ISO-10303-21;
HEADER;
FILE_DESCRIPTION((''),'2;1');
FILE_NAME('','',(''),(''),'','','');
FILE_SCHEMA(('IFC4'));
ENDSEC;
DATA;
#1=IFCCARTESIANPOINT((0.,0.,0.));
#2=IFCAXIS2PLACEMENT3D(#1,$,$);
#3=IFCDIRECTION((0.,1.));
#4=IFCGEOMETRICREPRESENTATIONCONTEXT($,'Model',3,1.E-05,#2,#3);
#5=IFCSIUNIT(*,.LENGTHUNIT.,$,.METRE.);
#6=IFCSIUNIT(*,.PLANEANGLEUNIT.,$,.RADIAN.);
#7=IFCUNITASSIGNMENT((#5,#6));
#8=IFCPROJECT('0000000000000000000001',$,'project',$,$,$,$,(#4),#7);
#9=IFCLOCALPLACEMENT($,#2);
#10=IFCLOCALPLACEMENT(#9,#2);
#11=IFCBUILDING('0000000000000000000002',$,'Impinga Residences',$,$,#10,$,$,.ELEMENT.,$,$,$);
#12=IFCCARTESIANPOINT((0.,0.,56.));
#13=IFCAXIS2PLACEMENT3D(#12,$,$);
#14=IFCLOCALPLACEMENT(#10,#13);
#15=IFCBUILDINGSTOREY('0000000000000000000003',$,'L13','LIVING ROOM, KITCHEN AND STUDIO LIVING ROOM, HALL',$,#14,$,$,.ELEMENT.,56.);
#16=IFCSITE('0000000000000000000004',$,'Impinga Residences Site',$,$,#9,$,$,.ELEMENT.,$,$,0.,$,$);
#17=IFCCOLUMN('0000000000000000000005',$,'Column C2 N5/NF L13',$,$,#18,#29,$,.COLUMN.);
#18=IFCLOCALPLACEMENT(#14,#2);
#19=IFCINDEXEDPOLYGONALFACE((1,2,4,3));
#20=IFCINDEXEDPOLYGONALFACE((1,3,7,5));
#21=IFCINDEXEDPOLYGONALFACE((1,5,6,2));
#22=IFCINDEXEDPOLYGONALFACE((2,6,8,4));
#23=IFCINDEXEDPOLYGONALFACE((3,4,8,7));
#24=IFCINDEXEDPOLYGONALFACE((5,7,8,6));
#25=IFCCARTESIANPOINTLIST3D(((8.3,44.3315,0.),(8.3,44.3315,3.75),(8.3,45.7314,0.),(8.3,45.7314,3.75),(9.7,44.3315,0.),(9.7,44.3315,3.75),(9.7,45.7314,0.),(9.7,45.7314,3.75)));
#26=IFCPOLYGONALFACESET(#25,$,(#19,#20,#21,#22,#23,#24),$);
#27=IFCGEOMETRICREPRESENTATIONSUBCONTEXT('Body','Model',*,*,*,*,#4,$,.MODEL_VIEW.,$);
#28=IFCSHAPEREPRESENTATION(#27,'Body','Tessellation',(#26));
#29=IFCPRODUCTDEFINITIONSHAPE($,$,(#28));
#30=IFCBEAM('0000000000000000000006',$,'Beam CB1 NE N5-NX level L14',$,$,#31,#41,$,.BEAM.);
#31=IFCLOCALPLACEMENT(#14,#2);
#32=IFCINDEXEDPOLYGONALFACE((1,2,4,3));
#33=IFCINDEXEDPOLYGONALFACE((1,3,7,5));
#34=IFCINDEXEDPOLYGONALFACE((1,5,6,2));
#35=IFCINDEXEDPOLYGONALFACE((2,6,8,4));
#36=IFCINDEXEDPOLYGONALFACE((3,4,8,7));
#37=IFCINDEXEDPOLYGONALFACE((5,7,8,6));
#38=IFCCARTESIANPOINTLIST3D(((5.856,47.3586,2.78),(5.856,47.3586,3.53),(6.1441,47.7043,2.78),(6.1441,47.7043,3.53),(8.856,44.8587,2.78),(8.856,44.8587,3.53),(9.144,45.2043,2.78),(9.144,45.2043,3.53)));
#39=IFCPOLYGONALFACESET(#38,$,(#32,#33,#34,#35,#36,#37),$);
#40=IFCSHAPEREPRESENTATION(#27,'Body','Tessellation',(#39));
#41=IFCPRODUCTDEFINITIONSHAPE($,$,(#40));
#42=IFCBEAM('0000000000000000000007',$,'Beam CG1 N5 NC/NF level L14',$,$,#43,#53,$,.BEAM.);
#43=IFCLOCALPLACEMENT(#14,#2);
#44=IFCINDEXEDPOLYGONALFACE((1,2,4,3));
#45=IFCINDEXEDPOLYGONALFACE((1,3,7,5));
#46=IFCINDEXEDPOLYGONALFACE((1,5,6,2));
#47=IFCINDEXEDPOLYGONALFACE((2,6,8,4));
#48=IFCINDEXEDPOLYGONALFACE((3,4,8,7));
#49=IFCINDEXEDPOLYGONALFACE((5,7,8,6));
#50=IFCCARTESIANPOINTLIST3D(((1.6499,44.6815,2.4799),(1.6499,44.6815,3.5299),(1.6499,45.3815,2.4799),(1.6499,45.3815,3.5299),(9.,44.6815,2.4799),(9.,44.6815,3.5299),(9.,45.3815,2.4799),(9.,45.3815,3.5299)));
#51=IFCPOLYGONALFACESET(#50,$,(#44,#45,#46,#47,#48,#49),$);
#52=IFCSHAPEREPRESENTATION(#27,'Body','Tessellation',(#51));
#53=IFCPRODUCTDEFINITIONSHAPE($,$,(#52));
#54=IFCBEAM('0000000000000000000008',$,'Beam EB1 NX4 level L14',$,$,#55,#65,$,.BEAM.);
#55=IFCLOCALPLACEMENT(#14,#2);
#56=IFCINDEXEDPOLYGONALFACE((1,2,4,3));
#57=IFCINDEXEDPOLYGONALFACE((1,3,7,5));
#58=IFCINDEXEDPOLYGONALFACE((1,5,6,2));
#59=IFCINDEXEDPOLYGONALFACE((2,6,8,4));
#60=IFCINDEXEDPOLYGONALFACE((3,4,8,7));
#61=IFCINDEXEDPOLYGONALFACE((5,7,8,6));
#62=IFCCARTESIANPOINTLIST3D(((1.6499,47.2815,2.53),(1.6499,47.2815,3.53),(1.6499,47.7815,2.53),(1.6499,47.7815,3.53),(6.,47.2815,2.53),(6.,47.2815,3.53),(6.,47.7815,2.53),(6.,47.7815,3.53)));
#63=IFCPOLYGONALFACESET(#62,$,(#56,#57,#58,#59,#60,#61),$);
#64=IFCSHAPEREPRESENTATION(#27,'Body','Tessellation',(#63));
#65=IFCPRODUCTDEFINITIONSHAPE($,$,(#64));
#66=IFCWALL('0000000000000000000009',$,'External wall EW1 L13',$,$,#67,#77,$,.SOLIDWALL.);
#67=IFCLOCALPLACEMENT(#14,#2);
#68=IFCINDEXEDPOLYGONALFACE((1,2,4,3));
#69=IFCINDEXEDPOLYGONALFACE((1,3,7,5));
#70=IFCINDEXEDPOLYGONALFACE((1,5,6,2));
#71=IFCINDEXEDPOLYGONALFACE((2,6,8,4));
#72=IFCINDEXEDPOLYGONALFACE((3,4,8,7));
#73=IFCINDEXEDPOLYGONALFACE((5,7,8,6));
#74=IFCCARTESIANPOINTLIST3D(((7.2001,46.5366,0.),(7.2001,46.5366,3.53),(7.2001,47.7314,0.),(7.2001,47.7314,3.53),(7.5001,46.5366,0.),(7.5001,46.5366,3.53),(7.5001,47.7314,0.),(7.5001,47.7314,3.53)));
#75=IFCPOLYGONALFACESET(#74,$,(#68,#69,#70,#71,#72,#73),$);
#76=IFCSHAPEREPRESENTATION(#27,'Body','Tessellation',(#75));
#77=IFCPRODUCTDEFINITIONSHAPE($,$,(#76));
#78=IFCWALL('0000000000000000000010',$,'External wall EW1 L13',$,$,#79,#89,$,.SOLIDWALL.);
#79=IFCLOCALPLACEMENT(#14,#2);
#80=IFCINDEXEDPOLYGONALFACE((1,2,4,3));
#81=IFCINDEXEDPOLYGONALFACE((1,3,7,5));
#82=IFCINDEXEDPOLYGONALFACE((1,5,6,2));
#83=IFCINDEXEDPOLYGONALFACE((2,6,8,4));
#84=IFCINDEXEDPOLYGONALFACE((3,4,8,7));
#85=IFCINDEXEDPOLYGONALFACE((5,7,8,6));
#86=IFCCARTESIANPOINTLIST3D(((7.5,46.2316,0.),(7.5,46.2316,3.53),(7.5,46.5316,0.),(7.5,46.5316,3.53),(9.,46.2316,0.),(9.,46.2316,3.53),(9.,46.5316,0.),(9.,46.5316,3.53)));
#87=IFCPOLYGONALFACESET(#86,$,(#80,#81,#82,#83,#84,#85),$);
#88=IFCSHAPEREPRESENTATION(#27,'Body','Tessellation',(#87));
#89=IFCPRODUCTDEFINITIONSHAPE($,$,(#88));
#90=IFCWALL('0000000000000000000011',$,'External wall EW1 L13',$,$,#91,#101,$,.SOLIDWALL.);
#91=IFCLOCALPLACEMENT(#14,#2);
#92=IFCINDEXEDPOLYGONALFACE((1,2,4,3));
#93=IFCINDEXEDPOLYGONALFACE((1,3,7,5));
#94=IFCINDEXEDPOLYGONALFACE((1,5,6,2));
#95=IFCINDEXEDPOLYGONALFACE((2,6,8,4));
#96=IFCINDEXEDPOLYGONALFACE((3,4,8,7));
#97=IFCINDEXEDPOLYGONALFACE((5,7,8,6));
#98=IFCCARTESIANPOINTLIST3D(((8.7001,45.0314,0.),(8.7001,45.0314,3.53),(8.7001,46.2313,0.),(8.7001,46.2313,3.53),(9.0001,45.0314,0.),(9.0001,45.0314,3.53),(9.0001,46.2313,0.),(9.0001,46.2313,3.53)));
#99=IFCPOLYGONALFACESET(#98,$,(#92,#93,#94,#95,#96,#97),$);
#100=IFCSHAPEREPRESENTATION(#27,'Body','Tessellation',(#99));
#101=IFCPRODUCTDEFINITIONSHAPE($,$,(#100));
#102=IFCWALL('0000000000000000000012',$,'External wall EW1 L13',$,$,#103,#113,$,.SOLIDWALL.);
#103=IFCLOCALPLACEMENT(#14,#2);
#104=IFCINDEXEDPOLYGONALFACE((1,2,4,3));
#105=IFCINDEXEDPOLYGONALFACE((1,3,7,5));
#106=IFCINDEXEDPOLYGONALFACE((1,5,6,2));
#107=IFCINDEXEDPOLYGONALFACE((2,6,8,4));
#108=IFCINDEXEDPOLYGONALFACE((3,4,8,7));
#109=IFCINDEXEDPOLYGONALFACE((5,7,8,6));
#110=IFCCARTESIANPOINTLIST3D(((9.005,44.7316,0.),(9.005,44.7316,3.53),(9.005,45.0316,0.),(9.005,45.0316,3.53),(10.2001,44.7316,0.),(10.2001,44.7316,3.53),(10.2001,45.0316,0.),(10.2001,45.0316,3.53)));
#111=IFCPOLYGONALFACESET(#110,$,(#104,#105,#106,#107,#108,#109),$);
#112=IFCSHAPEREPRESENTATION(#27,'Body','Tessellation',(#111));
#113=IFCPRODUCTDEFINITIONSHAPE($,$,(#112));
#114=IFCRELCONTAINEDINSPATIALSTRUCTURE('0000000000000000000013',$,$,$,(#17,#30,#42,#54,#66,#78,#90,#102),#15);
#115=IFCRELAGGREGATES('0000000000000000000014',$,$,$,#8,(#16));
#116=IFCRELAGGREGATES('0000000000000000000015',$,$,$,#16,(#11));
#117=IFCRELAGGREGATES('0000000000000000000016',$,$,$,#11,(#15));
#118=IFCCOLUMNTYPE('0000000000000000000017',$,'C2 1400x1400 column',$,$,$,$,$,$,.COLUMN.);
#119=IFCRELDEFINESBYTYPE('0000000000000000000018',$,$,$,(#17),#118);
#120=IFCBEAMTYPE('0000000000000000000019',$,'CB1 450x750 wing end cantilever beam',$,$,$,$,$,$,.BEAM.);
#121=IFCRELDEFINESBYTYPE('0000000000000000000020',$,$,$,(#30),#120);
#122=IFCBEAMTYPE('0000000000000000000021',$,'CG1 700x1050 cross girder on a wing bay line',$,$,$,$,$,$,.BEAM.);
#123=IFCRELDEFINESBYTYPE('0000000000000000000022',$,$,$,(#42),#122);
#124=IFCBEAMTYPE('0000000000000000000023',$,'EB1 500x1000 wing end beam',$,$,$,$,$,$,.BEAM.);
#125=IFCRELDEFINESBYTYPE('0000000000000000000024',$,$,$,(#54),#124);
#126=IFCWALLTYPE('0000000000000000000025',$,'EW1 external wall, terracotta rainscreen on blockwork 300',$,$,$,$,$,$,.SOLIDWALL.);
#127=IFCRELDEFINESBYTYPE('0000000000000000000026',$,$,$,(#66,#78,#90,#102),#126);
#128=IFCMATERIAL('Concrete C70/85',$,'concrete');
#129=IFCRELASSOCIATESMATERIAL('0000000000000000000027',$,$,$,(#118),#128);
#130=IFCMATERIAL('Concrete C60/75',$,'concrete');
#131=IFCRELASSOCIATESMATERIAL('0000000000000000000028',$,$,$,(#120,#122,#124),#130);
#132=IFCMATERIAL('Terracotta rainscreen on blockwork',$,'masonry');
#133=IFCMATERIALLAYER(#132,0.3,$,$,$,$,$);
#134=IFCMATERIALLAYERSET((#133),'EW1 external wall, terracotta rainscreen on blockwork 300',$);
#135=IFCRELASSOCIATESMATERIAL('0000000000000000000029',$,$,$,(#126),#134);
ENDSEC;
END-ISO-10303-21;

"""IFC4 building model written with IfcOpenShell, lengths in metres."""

from ifc_helpers import new_model, si_unit, direction, frame, frame_2d, origin, origin_2d, place, context, subcontext, project, spatial, rectangle, extrude, material, layer, layer_set, material_profile, profile_set, type_object, element, save


model = new_model("IFC4")

# Units and contexts
model_context = context("Model", 3, precision=1e-05, world=origin(), true_north=direction((0.0, 1.0)))
body_context = subcontext(model_context, "Body", "Model", "MODEL_VIEW")
ifc_project = project(units=[si_unit("LENGTHUNIT", "METRE"), si_unit("PLANEANGLEUNIT", "RADIAN")], contexts=[model_context])

# Site, building, storey
site_placement = place(None, origin())
site = spatial("IfcSite", under=ifc_project, at=site_placement, Name="Impinga Residences Site", CompositionType="ELEMENT", RefElevation=0.0)
building_placement = place(site_placement, origin())
building = spatial("IfcBuilding", under=site, at=building_placement, Name="Impinga Residences", CompositionType="ELEMENT")
storey_placement = place(building_placement, frame((0.0, 0.0, 56.0)))
storey = spatial("IfcBuildingStorey", under=building, at=storey_placement, Name="L13", Description="LIVING ROOM, KITCHEN AND STUDIO LIVING ROOM, HALL", CompositionType="ELEMENT", Elevation=56.0)

# Column
ifc_material_1 = material(Name="Concrete C70/85", Category="concrete")
ifc_material_profile_1 = material_profile(ifc_material_1, rectangle(XDim=1.3999, YDim=1.3999, at=origin_2d()), Name="RC 1400x1400")
ifc_profile_set_1 = profile_set([ifc_material_profile_1], Name="Concrete C70/85")
column_type = type_object("IfcColumnType", Name="C2 1400x1400 column", PredefinedType="COLUMN", material=ifc_profile_set_1)
column_placement = place(storey_placement, frame((9.0, 45.0315, 0.0), z_axis=(0.0, 0.0, 1.0), x_axis=(1.0, 0.0, 0.0)))
element("IfcColumn", 1, at=column_placement, inside=storey, type_object=column_type, Name="Column C2 N5/NF L13", PredefinedType="COLUMN", context=body_context, shape_type="SweptSolid", body=[
    extrude(rectangle(XDim=1.3999, YDim=1.3999, at=origin_2d()), origin(), (0.0, 0.0, 1.0), 3.75),
])

# Beams
ifc_material_2 = material(Name="Concrete C60/75", Category="concrete")
ifc_material_profile_2 = material_profile(ifc_material_2, rectangle(XDim=0.45, YDim=0.75, at=origin_2d()), Name="RC 450x750")
ifc_profile_set_2 = profile_set([ifc_material_profile_2], Name="Concrete C60/75")
beam_type_1 = type_object("IfcBeamType", Name="CB1 450x750 wing end cantilever beam", PredefinedType="BEAM", material=ifc_profile_set_2)
beam_1_placement = place(storey_placement, frame((9.0, 45.0315, 3.155), z_axis=(-0.768221, 0.640184, 0.0), x_axis=(-0.640184, -0.768221, 0.0)))
element("IfcBeam", 2, at=beam_1_placement, inside=storey, type_object=beam_type_1, Name="Beam CB1 NE N5-NX level L14", PredefinedType="BEAM", context=body_context, shape_type="SweptSolid", body=[
    extrude(rectangle(XDim=0.45, YDim=0.75, at=origin_2d()), origin(), (0.0, 0.0, 1.0), 3.905),
])
ifc_material_profile_3 = material_profile(ifc_material_2, rectangle(XDim=0.7, YDim=1.05, at=origin_2d()), Name="RC 700x1050")
ifc_profile_set_3 = profile_set([ifc_material_profile_3], Name="Concrete C60/75")
beam_type_2 = type_object("IfcBeamType", Name="CG1 700x1050 cross girder on a wing bay line", PredefinedType="BEAM", material=ifc_profile_set_3)
beam_2_placement = place(storey_placement, frame((1.6499, 45.0315, 3.0049), z_axis=(1.0, 0.0, 0.0), x_axis=(0.0, 1.0, 0.0)))
element("IfcBeam", 3, at=beam_2_placement, inside=storey, type_object=beam_type_2, Name="Beam CG1 N5 NC/NF level L14", PredefinedType="BEAM", context=body_context, shape_type="SweptSolid", body=[
    extrude(rectangle(XDim=0.7, YDim=1.05, at=origin_2d()), origin(), (0.0, 0.0, 1.0), 7.3501),
])
ifc_material_profile_4 = material_profile(ifc_material_2, rectangle(XDim=0.5, YDim=1.0, at=origin_2d()), Name="RC 500x1000")
ifc_profile_set_4 = profile_set([ifc_material_profile_4], Name="Concrete C60/75")
beam_type_3 = type_object("IfcBeamType", Name="EB1 500x1000 wing end beam", PredefinedType="BEAM", material=ifc_profile_set_4)
beam_3_placement = place(storey_placement, frame((1.6499, 47.5315, 3.03), z_axis=(1.0, 0.0, 0.0), x_axis=(0.0, 1.0, 0.0)))
element("IfcBeam", 4, at=beam_3_placement, inside=storey, type_object=beam_type_3, Name="Beam EB1 NX4 level L14", PredefinedType="BEAM", context=body_context, shape_type="SweptSolid", body=[
    extrude(rectangle(XDim=0.5, YDim=1.0, at=origin_2d()), origin(), (0.0, 0.0, 1.0), 4.3501),
])

# Walls
ifc_material_3 = material(Name="Terracotta rainscreen on blockwork", Category="masonry")
ifc_layer_1 = layer(ifc_material_3, 0.3)
ifc_layer_set_1 = layer_set([ifc_layer_1], Name="EW1 external wall, terracotta rainscreen on blockwork 300")
wall_type_1 = type_object("IfcWallType", Name="EW1 external wall, terracotta rainscreen on blockwork 300", PredefinedType="SOLIDWALL", material=ifc_layer_set_1)
wall_1_placement = place(storey_placement, frame((7.3501, 47.7314, 0.0), z_axis=(0.0, 0.0, 1.0), x_axis=(0.0, -1.0, 0.0)))
element("IfcWall", 5, at=wall_1_placement, inside=storey, type_object=wall_type_1, Name="External wall EW1 L13", PredefinedType="SOLIDWALL", context=body_context, shape_type="SweptSolid", body=[
    extrude(rectangle(XDim=1.1948, YDim=0.3, at=frame_2d((0.5974, 0.0))), origin(), (0.0, 0.0, 1.0), 3.53),
])
wall_2_placement = place(storey_placement, frame((7.5, 46.3816, 0.0), z_axis=(0.0, 0.0, 1.0), x_axis=(1.0, 0.0, 0.0)))
element("IfcWall", 6, at=wall_2_placement, inside=storey, type_object=wall_type_1, Name="External wall EW1 L13", PredefinedType="SOLIDWALL", context=body_context, shape_type="SweptSolid", body=[
    extrude(rectangle(XDim=1.5, YDim=0.3, at=frame_2d((0.75, 0.0))), origin(), (0.0, 0.0, 1.0), 3.53),
])
wall_3_placement = place(storey_placement, frame((8.8501, 46.2314, 0.0), z_axis=(0.0, 0.0, 1.0), x_axis=(0.0, -1.0, 0.0)))
element("IfcWall", 7, at=wall_3_placement, inside=storey, type_object=wall_type_1, Name="External wall EW1 L13", PredefinedType="SOLIDWALL", context=body_context, shape_type="SweptSolid", body=[
    extrude(rectangle(XDim=1.2, YDim=0.3, at=frame_2d((0.6001, 0.0))), origin(), (0.0, 0.0, 1.0), 3.53),
])
wall_4_placement = place(storey_placement, frame((9.0049, 44.8816, 0.0), z_axis=(0.0, 0.0, 1.0), x_axis=(1.0, 0.0, 0.0)))
element("IfcWall", 8, at=wall_4_placement, inside=storey, type_object=wall_type_1, Name="External wall EW1 L13", PredefinedType="SOLIDWALL", context=body_context, shape_type="SweptSolid", body=[
    extrude(rectangle(XDim=1.1951, YDim=0.3, at=frame_2d((0.5977, 0.0))), origin(), (0.0, 0.0, 1.0), 3.53),
])

save(model, "model.ifc")
